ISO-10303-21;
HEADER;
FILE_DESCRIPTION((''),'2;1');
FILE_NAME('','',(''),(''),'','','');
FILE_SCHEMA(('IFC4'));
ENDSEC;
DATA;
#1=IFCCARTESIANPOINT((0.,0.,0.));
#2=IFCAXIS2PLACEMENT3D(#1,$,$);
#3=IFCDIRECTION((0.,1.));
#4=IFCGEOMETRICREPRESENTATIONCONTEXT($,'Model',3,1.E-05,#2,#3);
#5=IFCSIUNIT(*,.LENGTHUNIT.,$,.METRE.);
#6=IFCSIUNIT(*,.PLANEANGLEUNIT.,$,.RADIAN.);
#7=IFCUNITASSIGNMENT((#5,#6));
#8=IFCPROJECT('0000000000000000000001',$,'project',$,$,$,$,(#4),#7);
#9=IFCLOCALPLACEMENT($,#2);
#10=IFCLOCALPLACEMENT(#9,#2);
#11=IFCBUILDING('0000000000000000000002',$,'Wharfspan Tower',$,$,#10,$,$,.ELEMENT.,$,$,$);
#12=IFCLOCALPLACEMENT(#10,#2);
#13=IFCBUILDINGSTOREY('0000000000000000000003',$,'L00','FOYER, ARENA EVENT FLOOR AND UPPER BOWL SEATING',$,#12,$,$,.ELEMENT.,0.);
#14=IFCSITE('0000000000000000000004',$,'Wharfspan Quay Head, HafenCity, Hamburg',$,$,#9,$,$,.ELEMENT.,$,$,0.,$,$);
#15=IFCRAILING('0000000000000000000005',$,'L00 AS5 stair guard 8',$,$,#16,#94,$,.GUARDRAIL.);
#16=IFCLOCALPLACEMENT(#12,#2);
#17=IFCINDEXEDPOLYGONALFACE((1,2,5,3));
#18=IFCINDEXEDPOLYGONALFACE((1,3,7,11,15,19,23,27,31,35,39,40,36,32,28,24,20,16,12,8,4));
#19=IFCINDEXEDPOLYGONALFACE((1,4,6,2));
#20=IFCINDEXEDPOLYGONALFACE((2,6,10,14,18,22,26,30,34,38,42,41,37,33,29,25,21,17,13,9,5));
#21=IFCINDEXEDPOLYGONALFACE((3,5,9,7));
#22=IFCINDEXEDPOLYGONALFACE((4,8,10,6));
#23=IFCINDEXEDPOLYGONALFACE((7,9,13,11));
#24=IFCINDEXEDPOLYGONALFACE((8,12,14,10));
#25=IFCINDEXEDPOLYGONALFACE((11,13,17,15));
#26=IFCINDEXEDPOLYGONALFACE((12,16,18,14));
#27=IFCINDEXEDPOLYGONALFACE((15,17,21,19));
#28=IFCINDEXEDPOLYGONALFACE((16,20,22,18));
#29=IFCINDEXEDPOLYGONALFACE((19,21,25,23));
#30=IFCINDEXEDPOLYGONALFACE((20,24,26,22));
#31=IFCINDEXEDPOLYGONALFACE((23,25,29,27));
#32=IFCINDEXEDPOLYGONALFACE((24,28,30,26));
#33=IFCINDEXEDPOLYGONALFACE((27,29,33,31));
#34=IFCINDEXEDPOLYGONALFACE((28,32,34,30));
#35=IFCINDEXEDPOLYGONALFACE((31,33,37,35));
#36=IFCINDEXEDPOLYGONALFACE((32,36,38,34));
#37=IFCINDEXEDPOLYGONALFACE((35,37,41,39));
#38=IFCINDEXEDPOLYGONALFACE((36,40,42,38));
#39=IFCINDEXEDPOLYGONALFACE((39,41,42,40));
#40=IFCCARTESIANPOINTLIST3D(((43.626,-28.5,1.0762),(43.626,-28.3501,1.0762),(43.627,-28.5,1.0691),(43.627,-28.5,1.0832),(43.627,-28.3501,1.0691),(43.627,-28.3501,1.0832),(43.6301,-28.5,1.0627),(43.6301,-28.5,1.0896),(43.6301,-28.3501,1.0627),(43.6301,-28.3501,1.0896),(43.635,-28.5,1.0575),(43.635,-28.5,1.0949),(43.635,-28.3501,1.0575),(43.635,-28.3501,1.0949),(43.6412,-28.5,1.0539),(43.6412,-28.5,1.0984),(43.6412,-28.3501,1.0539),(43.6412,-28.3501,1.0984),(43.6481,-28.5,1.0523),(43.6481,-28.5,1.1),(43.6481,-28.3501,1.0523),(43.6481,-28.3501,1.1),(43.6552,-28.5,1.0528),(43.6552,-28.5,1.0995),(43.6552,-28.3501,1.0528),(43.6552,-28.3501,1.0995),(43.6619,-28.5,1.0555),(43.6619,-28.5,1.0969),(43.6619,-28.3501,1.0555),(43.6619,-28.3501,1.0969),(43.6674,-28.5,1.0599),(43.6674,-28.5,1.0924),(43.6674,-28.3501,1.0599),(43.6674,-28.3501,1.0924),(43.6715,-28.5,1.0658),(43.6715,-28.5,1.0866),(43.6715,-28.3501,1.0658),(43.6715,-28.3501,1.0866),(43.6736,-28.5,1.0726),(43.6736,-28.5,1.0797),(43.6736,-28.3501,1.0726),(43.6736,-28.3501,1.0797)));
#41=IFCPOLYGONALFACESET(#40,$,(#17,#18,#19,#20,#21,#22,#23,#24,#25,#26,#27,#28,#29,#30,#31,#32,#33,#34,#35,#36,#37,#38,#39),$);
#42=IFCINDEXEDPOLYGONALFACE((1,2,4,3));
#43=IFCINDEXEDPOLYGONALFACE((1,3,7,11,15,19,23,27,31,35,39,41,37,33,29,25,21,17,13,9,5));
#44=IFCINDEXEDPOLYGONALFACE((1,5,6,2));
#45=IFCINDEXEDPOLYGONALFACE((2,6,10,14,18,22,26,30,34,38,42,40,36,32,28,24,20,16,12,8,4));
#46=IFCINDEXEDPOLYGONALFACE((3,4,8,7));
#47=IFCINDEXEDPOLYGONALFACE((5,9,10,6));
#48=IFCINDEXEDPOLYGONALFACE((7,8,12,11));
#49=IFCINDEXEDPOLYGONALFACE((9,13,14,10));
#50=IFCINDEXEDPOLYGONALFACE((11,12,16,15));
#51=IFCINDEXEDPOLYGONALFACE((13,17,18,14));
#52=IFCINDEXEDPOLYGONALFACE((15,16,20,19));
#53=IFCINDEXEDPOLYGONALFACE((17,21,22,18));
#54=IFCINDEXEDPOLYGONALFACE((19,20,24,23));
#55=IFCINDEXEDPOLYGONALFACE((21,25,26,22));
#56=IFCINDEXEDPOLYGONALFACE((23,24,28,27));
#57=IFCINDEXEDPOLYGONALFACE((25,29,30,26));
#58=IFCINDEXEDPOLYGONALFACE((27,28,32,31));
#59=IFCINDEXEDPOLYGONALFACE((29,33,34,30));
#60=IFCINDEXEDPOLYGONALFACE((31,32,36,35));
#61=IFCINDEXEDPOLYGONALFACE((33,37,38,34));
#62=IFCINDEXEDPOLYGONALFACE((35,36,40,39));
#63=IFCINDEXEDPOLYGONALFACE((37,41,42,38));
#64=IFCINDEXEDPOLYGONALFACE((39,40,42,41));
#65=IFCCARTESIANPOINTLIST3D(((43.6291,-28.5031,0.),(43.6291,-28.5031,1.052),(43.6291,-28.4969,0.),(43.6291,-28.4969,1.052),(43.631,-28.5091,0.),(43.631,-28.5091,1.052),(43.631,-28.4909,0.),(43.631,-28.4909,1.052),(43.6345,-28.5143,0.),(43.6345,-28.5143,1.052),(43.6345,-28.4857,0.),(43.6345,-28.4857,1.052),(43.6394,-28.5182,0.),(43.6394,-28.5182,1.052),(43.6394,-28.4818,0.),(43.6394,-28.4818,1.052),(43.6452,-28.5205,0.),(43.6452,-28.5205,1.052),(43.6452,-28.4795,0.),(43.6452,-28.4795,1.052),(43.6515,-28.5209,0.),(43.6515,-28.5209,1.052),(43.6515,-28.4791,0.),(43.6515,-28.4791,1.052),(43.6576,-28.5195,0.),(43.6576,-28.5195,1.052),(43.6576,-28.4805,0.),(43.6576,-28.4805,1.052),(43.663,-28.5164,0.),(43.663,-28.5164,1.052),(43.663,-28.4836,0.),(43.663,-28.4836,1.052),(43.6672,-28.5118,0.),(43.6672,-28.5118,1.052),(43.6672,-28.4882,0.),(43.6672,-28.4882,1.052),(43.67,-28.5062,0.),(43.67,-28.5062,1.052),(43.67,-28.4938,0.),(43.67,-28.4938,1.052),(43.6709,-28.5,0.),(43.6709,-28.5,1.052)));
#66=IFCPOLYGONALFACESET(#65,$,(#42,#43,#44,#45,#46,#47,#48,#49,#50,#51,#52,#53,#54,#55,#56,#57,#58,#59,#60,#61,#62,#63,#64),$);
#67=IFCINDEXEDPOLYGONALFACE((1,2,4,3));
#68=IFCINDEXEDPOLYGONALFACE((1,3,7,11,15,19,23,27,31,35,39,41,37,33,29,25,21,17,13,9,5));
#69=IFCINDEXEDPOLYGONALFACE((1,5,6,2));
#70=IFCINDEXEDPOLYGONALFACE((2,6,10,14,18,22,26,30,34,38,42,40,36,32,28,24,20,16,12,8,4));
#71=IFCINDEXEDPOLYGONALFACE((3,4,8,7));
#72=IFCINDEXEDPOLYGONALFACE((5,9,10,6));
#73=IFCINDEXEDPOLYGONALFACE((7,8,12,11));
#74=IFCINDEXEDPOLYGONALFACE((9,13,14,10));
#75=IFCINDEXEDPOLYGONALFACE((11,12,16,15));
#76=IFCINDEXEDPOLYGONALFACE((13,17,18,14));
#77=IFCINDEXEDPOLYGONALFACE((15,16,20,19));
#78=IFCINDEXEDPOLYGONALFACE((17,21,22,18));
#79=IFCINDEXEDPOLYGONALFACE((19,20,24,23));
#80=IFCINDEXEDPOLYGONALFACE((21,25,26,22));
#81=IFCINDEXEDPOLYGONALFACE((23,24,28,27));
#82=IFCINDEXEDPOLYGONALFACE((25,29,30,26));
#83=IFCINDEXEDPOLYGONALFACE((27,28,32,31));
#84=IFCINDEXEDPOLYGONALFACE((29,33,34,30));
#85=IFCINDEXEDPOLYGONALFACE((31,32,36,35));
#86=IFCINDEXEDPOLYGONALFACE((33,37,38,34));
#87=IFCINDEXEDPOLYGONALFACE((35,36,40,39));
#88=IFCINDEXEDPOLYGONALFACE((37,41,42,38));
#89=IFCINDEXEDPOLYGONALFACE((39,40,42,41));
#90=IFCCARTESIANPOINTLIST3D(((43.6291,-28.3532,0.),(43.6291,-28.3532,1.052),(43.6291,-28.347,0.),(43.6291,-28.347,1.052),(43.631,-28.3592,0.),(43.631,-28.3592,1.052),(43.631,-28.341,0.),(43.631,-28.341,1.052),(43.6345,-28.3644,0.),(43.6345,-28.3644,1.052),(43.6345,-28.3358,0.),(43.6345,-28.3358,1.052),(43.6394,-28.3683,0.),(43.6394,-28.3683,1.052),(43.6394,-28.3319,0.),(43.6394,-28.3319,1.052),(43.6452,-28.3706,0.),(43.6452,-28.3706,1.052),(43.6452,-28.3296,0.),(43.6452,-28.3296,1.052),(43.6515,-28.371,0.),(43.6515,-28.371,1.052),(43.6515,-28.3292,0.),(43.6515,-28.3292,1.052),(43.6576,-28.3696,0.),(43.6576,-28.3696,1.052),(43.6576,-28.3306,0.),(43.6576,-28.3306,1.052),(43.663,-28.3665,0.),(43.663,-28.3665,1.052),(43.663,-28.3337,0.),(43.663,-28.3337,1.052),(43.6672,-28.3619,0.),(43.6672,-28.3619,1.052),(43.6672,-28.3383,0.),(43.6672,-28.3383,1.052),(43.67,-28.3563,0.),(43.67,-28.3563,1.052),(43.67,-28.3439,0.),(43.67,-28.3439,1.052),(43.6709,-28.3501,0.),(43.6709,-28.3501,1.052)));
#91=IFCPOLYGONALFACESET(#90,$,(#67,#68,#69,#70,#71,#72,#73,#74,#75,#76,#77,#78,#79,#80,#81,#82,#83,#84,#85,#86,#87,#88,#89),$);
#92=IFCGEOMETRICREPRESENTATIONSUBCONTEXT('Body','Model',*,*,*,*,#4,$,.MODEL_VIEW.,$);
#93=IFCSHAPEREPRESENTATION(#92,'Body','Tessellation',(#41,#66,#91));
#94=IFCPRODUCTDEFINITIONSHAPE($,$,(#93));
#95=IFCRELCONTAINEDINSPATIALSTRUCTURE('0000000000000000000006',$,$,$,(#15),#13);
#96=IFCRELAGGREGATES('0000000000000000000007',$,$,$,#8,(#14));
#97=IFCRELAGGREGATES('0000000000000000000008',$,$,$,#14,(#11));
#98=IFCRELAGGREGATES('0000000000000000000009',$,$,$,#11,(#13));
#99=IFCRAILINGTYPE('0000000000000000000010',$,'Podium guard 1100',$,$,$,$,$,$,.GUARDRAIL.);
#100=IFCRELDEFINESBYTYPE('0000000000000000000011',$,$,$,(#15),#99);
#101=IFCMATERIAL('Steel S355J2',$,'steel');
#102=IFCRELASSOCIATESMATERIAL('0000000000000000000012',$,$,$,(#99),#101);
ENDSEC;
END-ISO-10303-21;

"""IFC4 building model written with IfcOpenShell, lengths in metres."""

from ifc_helpers import new_model, si_unit, direction, frame, origin, origin_2d, place, context, subcontext, project, spatial, circle, extrude, material, type_object, element, save


model = new_model("IFC4")

# Units and contexts
model_context = context("Model", 3, precision=1e-05, world=origin(), true_north=direction((0.0, 1.0)))
body_context = subcontext(model_context, "Body", "Model", "MODEL_VIEW")
ifc_project = project(units=[si_unit("LENGTHUNIT", "METRE"), si_unit("PLANEANGLEUNIT", "RADIAN")], contexts=[model_context])

# Site, building, storey
site_placement = place(None, origin())
site = spatial("IfcSite", under=ifc_project, at=site_placement, Name="Wharfspan Quay Head, HafenCity, Hamburg", CompositionType="ELEMENT", RefElevation=0.0)
building_placement = place(site_placement, origin())
building = spatial("IfcBuilding", under=site, at=building_placement, Name="Wharfspan Tower", CompositionType="ELEMENT")
storey_placement = place(building_placement, origin())
storey = spatial("IfcBuildingStorey", under=building, at=storey_placement, Name="L00", Description="FOYER, ARENA EVENT FLOOR AND UPPER BOWL SEATING", CompositionType="ELEMENT", Elevation=0.0)

# Railing
ifc_material_1 = material(Name="Steel S355J2", Category="steel")
railing_type_1 = type_object("IfcRailingType", Name="Podium guard 1100", PredefinedType="GUARDRAIL", material=ifc_material_1)
railing_1_placement = place(storey_placement, frame((43.6499, -28.5, 0.0)))
element("IfcRailing", 1, at=railing_1_placement, inside=storey, type_object=railing_type_1, Name="L00 AS5 stair guard 8", PredefinedType="GUARDRAIL", context=body_context, shape_type="SweptSolid", body=[
    extrude(circle(Radius=0.0239, at=origin_2d()), frame((0.0, 0.0, 1.0762), z_axis=(0.0, 1.0, 0.0), x_axis=(-1.0, 0.0, 0.0)), (0.0, 0.0, 1.0), 0.1499),
    extrude(circle(Radius=0.021, at=origin_2d()), origin(), (0.0, 0.0, 1.0), 1.052),
    extrude(circle(Radius=0.021, at=origin_2d()), frame((0.0, 0.1499, 0.0)), (0.0, 0.0, 1.0), 1.052),
])

save(model, "model.ifc")
